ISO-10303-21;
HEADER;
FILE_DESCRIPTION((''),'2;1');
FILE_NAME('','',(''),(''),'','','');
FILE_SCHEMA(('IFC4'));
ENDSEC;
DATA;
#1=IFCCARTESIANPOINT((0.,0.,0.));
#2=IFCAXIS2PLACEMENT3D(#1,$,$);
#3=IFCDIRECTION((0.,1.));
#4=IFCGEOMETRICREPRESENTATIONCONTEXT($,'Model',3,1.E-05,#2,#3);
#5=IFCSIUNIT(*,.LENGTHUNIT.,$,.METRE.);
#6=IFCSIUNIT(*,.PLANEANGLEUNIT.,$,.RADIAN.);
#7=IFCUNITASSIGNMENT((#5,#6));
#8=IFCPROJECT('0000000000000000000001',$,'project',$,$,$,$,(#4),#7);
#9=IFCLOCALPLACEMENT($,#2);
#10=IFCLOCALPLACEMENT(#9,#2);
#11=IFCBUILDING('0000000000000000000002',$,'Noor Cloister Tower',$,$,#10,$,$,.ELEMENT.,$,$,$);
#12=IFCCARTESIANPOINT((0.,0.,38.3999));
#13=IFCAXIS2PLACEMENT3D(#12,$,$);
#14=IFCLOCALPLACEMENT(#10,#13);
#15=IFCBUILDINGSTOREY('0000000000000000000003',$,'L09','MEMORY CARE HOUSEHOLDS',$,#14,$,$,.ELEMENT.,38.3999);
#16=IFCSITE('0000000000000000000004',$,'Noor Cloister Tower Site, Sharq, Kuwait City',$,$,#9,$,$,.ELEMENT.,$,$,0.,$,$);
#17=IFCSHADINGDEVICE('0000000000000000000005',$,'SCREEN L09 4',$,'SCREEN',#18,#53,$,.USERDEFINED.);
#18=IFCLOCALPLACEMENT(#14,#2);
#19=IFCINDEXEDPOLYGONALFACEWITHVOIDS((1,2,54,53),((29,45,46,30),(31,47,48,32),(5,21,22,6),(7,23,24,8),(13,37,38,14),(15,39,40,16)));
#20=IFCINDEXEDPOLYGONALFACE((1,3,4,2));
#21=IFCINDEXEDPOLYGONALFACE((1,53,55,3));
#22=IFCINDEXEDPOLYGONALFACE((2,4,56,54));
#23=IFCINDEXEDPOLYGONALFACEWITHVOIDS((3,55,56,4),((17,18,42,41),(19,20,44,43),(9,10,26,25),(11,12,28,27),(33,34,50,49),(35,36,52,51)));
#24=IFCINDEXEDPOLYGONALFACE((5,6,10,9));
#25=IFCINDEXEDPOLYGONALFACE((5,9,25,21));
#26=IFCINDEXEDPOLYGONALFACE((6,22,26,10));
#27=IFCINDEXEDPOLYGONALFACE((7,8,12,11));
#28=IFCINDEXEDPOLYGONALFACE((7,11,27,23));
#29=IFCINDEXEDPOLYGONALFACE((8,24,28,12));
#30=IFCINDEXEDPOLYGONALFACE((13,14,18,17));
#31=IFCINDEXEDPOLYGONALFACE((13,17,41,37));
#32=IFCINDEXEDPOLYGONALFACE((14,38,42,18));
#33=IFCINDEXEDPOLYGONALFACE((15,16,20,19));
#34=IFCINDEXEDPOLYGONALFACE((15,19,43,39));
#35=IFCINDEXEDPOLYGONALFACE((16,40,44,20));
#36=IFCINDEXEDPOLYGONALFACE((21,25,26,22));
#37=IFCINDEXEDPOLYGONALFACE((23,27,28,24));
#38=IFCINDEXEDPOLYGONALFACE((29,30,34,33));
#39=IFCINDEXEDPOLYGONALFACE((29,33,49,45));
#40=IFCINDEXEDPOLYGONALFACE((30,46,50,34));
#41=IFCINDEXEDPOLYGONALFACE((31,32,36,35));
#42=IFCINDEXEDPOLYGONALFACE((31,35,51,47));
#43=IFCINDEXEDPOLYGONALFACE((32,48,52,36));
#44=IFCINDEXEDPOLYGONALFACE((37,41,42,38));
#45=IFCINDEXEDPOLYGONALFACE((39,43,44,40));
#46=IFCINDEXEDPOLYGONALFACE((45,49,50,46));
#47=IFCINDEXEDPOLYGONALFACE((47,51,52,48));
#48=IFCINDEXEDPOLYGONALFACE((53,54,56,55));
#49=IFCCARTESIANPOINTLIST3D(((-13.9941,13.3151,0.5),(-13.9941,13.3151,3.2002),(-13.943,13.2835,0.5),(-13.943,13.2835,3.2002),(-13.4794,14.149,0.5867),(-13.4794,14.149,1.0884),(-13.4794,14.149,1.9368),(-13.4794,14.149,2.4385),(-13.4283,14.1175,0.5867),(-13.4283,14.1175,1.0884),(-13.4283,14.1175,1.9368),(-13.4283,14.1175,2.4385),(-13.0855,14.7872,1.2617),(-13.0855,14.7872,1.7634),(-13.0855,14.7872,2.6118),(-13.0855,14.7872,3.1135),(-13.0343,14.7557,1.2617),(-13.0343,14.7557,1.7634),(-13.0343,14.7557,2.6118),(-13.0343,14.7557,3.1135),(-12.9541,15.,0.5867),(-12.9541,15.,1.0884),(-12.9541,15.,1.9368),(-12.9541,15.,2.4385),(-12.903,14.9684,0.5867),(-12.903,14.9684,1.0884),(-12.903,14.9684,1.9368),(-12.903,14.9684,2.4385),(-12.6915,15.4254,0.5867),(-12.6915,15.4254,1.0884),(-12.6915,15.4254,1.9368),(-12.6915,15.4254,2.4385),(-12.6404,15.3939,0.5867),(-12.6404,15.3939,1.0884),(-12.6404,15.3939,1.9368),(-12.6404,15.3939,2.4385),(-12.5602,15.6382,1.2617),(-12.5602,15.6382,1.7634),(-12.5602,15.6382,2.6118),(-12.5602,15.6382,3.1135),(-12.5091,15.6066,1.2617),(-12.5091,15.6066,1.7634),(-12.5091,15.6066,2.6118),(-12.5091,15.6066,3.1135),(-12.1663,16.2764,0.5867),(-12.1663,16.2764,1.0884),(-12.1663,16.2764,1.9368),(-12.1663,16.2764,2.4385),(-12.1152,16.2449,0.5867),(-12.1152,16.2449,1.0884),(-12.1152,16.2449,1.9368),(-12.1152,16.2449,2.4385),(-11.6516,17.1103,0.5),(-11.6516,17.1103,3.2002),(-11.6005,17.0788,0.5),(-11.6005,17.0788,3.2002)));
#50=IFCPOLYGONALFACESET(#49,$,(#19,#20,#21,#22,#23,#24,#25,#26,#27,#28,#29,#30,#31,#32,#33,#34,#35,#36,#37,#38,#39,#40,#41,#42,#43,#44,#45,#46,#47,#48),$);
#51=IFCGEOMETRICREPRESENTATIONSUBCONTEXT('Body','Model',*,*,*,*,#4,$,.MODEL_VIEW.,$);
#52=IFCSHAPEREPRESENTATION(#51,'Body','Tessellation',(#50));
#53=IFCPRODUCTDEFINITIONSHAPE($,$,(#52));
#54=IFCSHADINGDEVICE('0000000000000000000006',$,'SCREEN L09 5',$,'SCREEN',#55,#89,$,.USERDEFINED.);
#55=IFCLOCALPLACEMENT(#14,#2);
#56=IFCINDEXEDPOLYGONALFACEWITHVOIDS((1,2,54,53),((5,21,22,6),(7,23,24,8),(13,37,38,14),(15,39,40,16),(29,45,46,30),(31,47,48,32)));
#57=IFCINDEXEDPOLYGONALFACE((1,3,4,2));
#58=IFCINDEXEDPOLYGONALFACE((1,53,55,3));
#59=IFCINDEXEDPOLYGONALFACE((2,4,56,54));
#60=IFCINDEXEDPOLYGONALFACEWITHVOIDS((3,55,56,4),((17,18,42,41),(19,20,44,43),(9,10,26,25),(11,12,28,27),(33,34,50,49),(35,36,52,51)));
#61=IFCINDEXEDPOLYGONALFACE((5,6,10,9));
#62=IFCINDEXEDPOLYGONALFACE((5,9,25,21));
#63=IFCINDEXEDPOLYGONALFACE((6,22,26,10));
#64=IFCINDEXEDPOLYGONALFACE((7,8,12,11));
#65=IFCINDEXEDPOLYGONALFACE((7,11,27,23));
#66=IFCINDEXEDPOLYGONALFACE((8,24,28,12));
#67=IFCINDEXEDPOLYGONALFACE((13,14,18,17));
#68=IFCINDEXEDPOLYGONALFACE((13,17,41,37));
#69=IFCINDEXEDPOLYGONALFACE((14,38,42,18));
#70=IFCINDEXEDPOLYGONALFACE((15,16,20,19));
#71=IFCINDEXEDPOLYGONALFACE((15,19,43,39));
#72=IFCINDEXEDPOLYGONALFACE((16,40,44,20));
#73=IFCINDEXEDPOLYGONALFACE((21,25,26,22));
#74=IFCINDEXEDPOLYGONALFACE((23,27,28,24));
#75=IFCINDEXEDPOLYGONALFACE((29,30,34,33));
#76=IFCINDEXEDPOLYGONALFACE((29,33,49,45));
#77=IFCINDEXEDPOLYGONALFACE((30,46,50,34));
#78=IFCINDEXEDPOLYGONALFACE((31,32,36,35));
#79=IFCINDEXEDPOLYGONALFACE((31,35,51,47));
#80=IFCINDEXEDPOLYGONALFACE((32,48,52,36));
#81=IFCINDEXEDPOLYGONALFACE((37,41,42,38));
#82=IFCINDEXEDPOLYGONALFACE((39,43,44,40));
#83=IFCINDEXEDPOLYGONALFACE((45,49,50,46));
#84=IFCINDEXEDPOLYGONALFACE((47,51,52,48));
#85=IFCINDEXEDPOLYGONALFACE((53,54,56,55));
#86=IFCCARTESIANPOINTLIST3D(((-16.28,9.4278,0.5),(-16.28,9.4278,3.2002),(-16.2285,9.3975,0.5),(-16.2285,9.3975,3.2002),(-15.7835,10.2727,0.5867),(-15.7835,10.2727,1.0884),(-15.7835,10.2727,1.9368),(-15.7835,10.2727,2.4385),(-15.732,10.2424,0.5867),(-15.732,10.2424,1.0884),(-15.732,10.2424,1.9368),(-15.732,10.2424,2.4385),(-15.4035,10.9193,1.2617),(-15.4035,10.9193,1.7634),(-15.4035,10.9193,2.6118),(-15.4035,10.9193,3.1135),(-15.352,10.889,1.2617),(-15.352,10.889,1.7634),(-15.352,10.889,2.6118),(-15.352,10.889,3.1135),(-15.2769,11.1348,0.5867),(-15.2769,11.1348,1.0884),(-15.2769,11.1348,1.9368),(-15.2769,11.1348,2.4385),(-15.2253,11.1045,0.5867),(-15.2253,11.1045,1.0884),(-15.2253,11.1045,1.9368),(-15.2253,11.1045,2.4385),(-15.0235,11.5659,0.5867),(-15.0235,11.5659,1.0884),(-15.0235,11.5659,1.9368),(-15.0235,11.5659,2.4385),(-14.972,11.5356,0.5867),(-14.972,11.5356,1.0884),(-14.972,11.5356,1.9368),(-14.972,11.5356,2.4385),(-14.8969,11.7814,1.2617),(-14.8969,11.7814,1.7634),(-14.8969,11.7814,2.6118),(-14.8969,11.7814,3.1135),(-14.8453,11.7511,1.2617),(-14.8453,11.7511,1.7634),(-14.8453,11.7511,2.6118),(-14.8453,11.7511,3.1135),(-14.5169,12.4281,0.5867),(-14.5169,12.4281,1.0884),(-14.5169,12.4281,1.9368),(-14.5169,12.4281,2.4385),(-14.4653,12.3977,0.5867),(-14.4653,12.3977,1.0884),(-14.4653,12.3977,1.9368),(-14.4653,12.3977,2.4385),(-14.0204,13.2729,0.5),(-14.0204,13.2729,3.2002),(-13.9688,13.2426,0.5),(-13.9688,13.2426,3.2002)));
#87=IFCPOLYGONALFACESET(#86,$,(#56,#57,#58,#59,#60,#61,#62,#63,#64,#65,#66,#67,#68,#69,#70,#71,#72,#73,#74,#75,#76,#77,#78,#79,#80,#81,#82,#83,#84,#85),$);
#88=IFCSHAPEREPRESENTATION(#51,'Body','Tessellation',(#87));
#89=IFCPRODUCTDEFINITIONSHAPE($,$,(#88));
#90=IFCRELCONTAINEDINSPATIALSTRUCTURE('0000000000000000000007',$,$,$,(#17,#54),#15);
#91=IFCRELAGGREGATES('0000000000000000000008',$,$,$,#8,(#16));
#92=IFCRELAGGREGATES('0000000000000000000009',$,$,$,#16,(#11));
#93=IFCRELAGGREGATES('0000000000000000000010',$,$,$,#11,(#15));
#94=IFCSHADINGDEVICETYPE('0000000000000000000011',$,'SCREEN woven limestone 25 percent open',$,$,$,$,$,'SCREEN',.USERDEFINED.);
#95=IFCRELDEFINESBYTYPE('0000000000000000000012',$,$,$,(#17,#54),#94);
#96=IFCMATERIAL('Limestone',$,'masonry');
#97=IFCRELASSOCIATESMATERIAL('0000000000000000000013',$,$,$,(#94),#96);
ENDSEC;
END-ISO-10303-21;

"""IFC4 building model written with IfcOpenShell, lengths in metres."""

from ifc_helpers import new_model, si_unit, direction, frame, origin, place, context, subcontext, project, spatial, polyline, outline, extrude, material, material_profile, profile_set, type_object, element, save


model = new_model("IFC4")

# Units and contexts
model_context = context("Model", 3, precision=1e-05, world=origin(), true_north=direction((0.0, 1.0)))
body_context = subcontext(model_context, "Body", "Model", "MODEL_VIEW")
ifc_project = project(units=[si_unit("LENGTHUNIT", "METRE"), si_unit("PLANEANGLEUNIT", "RADIAN")], contexts=[model_context])

# Site, building, storey
site_placement = place(None, origin())
site = spatial("IfcSite", under=ifc_project, at=site_placement, Name="Noor Cloister Tower Site, Sharq, Kuwait City", CompositionType="ELEMENT", RefElevation=0.0)
building_placement = place(site_placement, origin())
building = spatial("IfcBuilding", under=site, at=building_placement, Name="Noor Cloister Tower", CompositionType="ELEMENT")
storey_placement = place(building_placement, frame((0.0, 0.0, 38.3999)))
storey = spatial("IfcBuildingStorey", under=building, at=storey_placement, Name="L09", Description="MEMORY CARE HOUSEHOLDS", CompositionType="ELEMENT", Elevation=38.3999)

# Shading devices
ifc_material_1 = material(Name="Limestone", Category="masonry")
ifc_material_profile_1 = material_profile(ifc_material_1, outline(polyline([(-2.23, -1.3501), (2.23, -1.3501), (2.23, 1.3501), (-2.23, 1.3501), (-2.23, -1.3501)]), holes=[polyline([(-1.25, -1.2634), (-0.25, -1.2634), (-0.25, -0.7617), (-1.25, -0.7617), (-1.25, -1.2634)]), polyline([(0.25, -1.2634), (1.25, -1.2634), (1.25, -0.7617), (0.25, -0.7617), (0.25, -1.2634)]), polyline([(-0.5, -0.5884), (0.5, -0.5884), (0.5, -0.0867), (-0.5, -0.0867), (-0.5, -0.5884)]), polyline([(-1.25, 0.0867), (-0.25, 0.0867), (-0.25, 0.5884), (-1.25, 0.5884), (-1.25, 0.0867)]), polyline([(0.25, 0.0867), (1.25, 0.0867), (1.25, 0.5884), (0.25, 0.5884), (0.25, 0.0867)]), polyline([(-0.5, 0.7617), (0.5, 0.7617), (0.5, 1.2634), (-0.5, 1.2634), (-0.5, 0.7617)])]), Name="Woven screen 25 percent open")
ifc_profile_set_1 = profile_set([ifc_material_profile_1], Name="Limestone")
shading_device_type = type_object("IfcShadingDeviceType", Name="SCREEN woven limestone 25 percent open", ElementType="SCREEN", PredefinedType="USERDEFINED", material=ifc_profile_set_1)
shading_device_1_placement = place(storey_placement, frame((-12.7717, 15.1812, 1.8501), z_axis=(-0.850959, 0.525233, 0.0), x_axis=(-0.525233, -0.850959, 0.0)))
element("IfcShadingDevice", 1, at=shading_device_1_placement, inside=storey, type_object=shading_device_type, Name="SCREEN L09 4", ObjectType="SCREEN", PredefinedType="USERDEFINED", context=body_context, shape_type="SweptSolid", body=[
    extrude(outline(polyline([(-2.23, -1.3501), (2.23, -1.3501), (2.23, 1.3501), (-2.23, 1.3501), (-2.23, -1.3501)]), holes=[polyline([(-1.25, -1.2634), (-0.25, -1.2634), (-0.25, -0.7617), (-1.25, -0.7617), (-1.25, -1.2634)]), polyline([(0.25, -1.2634), (1.25, -1.2634), (1.25, -0.7617), (0.25, -0.7617), (0.25, -1.2634)]), polyline([(-0.5, -0.5884), (0.5, -0.5884), (0.5, -0.0867), (-0.5, -0.0867), (-0.5, -0.5884)]), polyline([(-1.25, 0.0867), (-0.25, 0.0867), (-0.25, 0.5884), (-1.25, 0.5884), (-1.25, 0.0867)]), polyline([(0.25, 0.0867), (1.25, 0.0867), (1.25, 0.5884), (0.25, 0.5884), (0.25, 0.0867)]), polyline([(-0.5, 0.7617), (0.5, 0.7617), (0.5, 1.2634), (-0.5, 1.2634), (-0.5, 0.7617)])]), origin(), (0.0, 0.0, 1.0), 0.0601),
])
shading_device_2_placement = place(storey_placement, frame((-15.0986, 11.3201, 1.8501), z_axis=(-0.862144, 0.506663, 0.0), x_axis=(-0.506663, -0.862144, 0.0)))
element("IfcShadingDevice", 2, at=shading_device_2_placement, inside=storey, type_object=shading_device_type, Name="SCREEN L09 5", ObjectType="SCREEN", PredefinedType="USERDEFINED", context=body_context, shape_type="SweptSolid", body=[
    extrude(outline(polyline([(-2.23, -1.3501), (2.23, -1.3501), (2.23, 1.3501), (-2.23, 1.3501), (-2.23, -1.3501)]), holes=[polyline([(-1.25, -1.2634), (-0.25, -1.2634), (-0.25, -0.7617), (-1.25, -0.7617), (-1.25, -1.2634)]), polyline([(0.25, -1.2634), (1.25, -1.2634), (1.25, -0.7617), (0.25, -0.7617), (0.25, -1.2634)]), polyline([(-0.5, -0.5884), (0.5, -0.5884), (0.5, -0.0867), (-0.5, -0.0867), (-0.5, -0.5884)]), polyline([(-1.25, 0.0867), (-0.25, 0.0867), (-0.25, 0.5884), (-1.25, 0.5884), (-1.25, 0.0867)]), polyline([(0.25, 0.0867), (1.25, 0.0867), (1.25, 0.5884), (0.25, 0.5884), (0.25, 0.0867)]), polyline([(-0.5, 0.7617), (0.5, 0.7617), (0.5, 1.2634), (-0.5, 1.2634), (-0.5, 0.7617)])]), origin(), (0.0, 0.0, 1.0), 0.0598),
])

save(model, "model.ifc")
